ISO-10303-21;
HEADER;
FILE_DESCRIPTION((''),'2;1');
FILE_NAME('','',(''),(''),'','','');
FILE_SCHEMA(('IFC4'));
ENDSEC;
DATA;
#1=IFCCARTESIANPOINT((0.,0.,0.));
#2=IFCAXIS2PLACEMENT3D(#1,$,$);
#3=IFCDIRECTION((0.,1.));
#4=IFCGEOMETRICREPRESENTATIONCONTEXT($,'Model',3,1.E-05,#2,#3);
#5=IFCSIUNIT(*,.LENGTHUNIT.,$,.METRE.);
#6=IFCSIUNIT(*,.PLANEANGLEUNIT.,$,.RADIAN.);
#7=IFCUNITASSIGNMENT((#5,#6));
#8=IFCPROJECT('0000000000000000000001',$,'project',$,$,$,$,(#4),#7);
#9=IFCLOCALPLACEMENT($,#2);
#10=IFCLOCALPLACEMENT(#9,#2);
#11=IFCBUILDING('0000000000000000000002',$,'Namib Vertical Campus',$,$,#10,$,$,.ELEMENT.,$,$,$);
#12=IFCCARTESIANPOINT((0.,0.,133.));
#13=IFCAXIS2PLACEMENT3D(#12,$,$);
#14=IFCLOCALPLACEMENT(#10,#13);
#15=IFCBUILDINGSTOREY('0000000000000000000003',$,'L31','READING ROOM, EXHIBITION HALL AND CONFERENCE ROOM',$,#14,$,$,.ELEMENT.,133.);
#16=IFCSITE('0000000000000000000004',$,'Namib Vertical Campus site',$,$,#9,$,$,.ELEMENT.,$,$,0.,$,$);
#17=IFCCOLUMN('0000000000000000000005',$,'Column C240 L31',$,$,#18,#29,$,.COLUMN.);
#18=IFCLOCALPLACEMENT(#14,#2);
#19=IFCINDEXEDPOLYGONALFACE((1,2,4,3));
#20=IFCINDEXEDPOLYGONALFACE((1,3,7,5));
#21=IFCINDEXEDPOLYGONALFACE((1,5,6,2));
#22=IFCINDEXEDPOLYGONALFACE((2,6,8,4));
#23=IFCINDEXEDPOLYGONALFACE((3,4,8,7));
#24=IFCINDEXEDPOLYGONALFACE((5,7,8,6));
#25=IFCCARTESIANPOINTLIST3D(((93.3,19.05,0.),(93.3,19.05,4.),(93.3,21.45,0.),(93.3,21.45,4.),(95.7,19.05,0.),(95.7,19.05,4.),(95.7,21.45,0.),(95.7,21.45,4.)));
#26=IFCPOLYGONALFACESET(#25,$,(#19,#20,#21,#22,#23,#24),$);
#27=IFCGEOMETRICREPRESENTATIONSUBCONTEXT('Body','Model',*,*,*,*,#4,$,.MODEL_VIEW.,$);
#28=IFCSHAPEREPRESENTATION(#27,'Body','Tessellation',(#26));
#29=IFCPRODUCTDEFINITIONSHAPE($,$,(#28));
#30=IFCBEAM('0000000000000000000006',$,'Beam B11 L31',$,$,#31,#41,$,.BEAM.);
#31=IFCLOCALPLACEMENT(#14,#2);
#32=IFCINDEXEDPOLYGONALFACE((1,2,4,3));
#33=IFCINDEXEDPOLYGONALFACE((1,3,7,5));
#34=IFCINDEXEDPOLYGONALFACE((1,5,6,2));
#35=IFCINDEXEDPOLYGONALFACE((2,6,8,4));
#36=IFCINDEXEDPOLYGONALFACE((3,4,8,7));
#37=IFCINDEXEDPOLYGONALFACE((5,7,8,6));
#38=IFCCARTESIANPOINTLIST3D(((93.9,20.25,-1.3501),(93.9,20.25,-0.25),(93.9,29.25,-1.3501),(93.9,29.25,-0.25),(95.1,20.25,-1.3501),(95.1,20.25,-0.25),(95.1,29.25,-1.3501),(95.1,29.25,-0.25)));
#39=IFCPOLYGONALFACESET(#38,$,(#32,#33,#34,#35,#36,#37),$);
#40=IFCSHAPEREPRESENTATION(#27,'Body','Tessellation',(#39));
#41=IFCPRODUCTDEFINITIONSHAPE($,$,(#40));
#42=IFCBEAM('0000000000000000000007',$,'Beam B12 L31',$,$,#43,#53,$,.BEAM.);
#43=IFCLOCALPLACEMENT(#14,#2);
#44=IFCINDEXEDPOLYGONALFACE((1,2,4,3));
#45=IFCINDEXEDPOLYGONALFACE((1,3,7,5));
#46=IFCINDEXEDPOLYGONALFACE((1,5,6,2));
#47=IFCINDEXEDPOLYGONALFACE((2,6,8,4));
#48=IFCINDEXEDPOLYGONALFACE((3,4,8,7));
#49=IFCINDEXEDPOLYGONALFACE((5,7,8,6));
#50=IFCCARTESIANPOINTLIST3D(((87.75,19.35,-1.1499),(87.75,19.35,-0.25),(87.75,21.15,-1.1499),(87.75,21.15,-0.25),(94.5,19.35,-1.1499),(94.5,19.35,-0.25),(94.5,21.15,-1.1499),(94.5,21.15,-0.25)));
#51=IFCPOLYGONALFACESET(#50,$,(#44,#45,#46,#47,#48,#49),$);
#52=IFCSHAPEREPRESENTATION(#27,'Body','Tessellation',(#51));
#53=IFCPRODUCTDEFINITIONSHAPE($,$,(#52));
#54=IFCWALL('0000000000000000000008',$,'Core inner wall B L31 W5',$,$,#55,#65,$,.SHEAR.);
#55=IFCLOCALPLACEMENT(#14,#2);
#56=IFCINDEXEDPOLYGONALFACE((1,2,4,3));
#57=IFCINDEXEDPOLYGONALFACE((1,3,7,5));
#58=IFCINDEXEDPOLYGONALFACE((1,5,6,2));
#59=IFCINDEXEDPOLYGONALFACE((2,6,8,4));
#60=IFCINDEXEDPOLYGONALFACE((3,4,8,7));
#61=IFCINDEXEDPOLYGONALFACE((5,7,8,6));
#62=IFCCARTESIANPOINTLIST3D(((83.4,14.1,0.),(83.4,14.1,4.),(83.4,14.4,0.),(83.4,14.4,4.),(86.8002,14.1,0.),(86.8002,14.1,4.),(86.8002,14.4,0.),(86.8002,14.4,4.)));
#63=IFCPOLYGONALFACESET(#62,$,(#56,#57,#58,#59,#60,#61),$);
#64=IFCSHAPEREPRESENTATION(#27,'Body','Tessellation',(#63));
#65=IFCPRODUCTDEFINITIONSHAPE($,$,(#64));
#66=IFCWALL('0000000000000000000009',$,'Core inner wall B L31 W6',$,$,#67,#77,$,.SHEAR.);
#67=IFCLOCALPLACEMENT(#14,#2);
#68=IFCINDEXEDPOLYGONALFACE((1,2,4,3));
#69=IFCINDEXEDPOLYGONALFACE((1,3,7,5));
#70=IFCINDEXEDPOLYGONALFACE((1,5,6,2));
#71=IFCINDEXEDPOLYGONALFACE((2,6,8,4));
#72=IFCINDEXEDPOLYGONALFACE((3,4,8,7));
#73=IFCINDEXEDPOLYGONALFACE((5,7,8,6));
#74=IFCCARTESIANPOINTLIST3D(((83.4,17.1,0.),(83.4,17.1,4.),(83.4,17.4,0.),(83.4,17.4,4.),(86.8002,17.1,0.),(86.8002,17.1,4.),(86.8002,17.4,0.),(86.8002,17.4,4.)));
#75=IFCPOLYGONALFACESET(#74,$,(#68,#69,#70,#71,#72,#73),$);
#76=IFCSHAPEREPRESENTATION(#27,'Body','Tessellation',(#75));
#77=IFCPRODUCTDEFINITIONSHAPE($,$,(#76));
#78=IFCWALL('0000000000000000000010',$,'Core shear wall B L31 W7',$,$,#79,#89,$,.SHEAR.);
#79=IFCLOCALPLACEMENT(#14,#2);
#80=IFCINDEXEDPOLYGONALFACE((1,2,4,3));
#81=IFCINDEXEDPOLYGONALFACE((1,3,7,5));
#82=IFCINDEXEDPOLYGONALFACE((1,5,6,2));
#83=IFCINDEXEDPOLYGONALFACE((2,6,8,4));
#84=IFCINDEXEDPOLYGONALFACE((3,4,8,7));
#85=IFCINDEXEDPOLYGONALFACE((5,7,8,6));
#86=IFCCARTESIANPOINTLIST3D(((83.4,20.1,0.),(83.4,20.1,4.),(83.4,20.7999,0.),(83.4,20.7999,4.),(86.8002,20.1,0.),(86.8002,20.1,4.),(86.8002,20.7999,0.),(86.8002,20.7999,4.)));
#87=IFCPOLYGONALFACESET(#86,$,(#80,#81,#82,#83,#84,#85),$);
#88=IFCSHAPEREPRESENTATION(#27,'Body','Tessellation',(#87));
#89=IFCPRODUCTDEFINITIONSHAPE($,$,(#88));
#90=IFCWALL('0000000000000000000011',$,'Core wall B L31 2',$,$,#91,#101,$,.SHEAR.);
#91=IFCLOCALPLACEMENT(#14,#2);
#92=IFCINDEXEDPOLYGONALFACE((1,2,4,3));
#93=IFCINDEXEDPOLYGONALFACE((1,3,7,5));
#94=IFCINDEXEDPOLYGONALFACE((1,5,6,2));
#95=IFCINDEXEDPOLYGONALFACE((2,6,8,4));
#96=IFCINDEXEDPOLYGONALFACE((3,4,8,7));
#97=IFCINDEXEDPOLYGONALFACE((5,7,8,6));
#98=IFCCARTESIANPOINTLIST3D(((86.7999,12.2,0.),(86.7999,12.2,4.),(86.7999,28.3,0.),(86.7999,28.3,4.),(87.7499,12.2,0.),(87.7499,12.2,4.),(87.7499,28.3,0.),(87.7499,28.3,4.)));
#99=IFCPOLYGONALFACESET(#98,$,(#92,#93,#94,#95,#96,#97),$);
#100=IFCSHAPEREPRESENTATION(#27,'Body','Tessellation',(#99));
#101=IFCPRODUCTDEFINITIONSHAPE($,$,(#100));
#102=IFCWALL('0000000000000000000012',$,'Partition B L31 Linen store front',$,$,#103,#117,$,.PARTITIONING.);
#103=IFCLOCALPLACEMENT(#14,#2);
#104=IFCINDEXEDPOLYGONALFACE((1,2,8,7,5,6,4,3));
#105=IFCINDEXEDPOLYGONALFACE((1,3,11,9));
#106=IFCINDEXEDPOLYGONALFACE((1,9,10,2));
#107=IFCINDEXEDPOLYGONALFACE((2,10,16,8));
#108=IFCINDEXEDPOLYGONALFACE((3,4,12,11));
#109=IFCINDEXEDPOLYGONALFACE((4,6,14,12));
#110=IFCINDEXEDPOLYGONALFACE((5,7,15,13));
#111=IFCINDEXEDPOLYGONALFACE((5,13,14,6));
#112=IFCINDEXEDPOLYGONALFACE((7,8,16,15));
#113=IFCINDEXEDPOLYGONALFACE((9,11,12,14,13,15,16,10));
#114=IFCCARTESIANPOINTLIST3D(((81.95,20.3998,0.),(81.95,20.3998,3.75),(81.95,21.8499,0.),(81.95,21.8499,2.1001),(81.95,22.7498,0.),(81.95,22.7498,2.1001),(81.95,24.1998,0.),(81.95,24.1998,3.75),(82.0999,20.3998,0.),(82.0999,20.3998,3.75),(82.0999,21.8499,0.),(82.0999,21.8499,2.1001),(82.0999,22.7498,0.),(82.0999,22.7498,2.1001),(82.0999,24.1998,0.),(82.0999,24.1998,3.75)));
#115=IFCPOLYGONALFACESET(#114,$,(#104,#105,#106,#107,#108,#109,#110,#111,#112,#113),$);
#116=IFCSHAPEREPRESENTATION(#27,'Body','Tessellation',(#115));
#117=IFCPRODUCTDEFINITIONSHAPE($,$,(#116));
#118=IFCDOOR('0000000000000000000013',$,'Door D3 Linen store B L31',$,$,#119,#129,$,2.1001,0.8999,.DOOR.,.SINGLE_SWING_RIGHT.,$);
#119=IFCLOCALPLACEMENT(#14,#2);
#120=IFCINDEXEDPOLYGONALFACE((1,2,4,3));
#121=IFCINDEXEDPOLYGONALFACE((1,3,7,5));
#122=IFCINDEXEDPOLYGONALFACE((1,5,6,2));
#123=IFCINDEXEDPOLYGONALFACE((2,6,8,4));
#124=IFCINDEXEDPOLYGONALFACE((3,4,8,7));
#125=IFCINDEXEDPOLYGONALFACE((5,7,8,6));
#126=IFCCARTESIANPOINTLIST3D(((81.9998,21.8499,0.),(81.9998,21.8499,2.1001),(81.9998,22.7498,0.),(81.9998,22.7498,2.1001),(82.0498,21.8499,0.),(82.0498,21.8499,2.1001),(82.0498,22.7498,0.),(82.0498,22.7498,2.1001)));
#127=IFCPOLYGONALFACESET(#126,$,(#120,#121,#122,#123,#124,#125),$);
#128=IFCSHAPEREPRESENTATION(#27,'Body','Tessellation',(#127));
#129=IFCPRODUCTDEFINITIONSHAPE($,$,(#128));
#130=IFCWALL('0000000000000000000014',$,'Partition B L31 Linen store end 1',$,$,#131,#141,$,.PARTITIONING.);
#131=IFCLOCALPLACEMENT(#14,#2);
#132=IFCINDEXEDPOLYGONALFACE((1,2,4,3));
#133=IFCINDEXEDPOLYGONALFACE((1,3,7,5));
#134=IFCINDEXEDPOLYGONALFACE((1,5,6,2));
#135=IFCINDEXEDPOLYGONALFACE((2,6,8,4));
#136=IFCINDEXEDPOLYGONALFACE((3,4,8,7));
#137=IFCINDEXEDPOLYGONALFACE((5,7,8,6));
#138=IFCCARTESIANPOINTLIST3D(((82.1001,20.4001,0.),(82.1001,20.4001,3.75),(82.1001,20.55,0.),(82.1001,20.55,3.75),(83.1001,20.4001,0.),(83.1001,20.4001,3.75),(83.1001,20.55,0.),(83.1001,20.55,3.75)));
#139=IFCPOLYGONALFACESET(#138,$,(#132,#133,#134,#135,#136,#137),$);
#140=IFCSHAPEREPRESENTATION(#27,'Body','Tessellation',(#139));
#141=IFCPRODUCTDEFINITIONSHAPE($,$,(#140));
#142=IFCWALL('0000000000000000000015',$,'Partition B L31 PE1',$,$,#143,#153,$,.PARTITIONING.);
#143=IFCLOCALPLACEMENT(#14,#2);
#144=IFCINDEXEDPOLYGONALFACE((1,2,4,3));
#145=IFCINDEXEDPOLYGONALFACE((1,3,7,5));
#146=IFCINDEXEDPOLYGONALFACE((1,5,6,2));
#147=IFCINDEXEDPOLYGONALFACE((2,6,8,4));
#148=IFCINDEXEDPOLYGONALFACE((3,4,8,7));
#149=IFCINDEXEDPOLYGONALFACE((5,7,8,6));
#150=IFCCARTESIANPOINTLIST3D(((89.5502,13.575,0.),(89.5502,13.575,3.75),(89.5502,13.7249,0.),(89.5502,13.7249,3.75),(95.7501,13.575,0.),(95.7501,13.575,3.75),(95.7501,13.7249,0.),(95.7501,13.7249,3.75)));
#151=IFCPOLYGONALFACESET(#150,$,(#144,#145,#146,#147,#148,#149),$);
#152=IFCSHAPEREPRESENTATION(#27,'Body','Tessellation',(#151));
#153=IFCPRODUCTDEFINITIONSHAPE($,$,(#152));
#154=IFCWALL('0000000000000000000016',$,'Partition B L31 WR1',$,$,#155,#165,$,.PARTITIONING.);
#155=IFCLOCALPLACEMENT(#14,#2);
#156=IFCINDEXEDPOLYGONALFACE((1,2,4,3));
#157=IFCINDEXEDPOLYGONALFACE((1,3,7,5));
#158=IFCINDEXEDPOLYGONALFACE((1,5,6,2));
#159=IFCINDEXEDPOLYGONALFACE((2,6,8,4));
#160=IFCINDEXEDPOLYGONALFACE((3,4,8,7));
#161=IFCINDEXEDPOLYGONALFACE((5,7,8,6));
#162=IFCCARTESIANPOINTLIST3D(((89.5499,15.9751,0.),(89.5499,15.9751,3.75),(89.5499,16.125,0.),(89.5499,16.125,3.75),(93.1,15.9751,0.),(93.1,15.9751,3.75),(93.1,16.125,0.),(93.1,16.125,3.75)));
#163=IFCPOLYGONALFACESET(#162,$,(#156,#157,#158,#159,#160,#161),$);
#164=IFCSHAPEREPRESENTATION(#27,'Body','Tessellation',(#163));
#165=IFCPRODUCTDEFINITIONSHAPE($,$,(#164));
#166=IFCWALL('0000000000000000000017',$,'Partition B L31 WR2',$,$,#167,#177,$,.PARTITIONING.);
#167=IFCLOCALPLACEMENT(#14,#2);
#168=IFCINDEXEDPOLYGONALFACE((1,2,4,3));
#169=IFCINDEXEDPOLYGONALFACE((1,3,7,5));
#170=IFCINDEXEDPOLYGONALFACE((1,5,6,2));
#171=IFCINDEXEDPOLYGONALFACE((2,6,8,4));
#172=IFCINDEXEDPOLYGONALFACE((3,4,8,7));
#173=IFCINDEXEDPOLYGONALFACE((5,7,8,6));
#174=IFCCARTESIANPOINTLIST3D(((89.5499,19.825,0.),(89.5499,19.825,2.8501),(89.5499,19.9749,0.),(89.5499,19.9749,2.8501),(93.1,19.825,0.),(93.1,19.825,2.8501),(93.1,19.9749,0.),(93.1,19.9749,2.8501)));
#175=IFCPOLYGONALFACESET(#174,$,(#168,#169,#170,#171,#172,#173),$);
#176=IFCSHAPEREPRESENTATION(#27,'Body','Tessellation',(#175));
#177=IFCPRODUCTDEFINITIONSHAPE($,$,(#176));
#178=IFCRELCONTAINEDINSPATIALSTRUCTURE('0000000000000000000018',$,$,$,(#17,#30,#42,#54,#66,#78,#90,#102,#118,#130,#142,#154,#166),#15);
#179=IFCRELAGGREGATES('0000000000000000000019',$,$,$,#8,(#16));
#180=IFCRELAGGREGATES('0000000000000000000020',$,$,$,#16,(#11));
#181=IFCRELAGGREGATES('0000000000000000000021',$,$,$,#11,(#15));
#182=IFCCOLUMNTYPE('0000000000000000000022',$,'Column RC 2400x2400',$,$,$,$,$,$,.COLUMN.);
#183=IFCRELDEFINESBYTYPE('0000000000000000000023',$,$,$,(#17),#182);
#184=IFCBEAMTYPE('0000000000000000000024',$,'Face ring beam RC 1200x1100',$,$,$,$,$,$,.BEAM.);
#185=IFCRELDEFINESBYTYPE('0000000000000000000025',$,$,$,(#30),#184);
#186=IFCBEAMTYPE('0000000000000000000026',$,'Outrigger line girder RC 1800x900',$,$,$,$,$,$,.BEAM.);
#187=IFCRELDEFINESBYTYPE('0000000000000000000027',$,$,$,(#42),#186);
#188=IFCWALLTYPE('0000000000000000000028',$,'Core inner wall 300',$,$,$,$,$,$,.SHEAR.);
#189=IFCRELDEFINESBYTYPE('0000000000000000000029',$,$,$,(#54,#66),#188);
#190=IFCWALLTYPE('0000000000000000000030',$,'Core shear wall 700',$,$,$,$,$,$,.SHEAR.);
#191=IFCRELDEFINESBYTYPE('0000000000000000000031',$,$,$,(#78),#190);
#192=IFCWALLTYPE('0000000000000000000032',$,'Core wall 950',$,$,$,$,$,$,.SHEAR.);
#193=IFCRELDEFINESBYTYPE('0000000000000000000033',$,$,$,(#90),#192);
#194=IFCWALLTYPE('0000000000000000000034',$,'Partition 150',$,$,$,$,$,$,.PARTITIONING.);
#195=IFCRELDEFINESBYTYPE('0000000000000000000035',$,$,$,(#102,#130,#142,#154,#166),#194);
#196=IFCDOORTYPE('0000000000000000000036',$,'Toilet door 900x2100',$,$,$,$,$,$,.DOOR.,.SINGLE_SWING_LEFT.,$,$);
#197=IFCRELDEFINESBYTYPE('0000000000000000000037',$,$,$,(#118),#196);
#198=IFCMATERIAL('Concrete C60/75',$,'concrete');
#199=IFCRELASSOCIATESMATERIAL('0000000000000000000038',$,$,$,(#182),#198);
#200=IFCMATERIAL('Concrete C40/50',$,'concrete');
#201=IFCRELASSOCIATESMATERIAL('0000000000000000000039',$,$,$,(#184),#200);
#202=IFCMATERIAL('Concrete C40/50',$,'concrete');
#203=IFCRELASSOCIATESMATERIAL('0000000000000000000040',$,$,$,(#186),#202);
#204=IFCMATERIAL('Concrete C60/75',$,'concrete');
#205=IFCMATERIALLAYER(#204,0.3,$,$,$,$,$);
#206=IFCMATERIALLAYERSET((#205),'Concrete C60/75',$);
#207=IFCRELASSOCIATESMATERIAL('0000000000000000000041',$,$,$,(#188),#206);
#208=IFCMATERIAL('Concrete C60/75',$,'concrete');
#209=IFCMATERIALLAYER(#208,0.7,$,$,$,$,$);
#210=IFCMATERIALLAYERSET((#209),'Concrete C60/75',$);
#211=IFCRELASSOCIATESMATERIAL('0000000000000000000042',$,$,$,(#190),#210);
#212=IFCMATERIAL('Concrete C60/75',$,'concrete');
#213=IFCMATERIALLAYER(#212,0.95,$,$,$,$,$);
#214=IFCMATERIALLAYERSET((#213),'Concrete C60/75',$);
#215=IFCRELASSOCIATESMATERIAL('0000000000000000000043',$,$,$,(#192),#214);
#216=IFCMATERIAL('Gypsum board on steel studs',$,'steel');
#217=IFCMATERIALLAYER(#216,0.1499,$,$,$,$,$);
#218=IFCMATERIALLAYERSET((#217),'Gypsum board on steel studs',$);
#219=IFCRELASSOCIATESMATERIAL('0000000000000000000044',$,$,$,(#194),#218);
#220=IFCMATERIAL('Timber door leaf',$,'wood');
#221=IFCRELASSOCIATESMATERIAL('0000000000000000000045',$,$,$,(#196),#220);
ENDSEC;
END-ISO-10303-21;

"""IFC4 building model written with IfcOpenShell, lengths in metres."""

from ifc_helpers import new_model, si_unit, direction, frame, frame_2d, origin, origin_2d, place, context, subcontext, project, spatial, rectangle, extrude, material, layer, layer_set, material_profile, profile_set, type_object, element, fill, save


model = new_model("IFC4")

# Units and contexts
model_context = context("Model", 3, precision=1e-05, world=origin(), true_north=direction((0.0, 1.0)))
body_context = subcontext(model_context, "Body", "Model", "MODEL_VIEW")
ifc_project = project(units=[si_unit("LENGTHUNIT", "METRE"), si_unit("PLANEANGLEUNIT", "RADIAN")], contexts=[model_context])

# Site, building, storey
site_placement = place(None, origin())
site = spatial("IfcSite", under=ifc_project, at=site_placement, Name="Namib Vertical Campus site", CompositionType="ELEMENT", RefElevation=0.0)
building_placement = place(site_placement, origin())
building = spatial("IfcBuilding", under=site, at=building_placement, Name="Namib Vertical Campus", CompositionType="ELEMENT")
storey_placement = place(building_placement, frame((0.0, 0.0, 133.0)))
storey = spatial("IfcBuildingStorey", under=building, at=storey_placement, Name="L31", Description="READING ROOM, EXHIBITION HALL AND CONFERENCE ROOM", CompositionType="ELEMENT", Elevation=133.0)

# Column
ifc_material_1 = material(Name="Concrete C60/75", Category="concrete")
ifc_material_profile_1 = material_profile(ifc_material_1, rectangle(XDim=2.3999, YDim=2.3999, at=origin_2d()))
ifc_profile_set_1 = profile_set([ifc_material_profile_1], Name="Concrete C60/75")
column_type = type_object("IfcColumnType", Name="Column RC 2400x2400", PredefinedType="COLUMN", material=ifc_profile_set_1)
column_placement = place(storey_placement, frame((94.5, 20.25, 0.0), z_axis=(0.0, 0.0, 1.0), x_axis=(1.0, 0.0, 0.0)))
element("IfcColumn", 1, at=column_placement, inside=storey, type_object=column_type, Name="Column C240 L31", PredefinedType="COLUMN", context=body_context, shape_type="SweptSolid", body=[
    extrude(rectangle(XDim=2.3999, YDim=2.3999, at=origin_2d()), origin(), (0.0, 0.0, 1.0), 4.0),
])

# Beams
ifc_material_2 = material(Name="Concrete C40/50", Category="concrete")
ifc_material_profile_2 = material_profile(ifc_material_2, rectangle(XDim=1.2, YDim=1.1001, at=origin_2d()))
ifc_profile_set_2 = profile_set([ifc_material_profile_2], Name="Concrete C40/50")
beam_type_1 = type_object("IfcBeamType", Name="Face ring beam RC 1200x1100", PredefinedType="BEAM", material=ifc_profile_set_2)
beam_1_placement = place(storey_placement, frame((94.5, 20.25, -0.8), z_axis=(0.0, 1.0, 0.0), x_axis=(-1.0, 0.0, 0.0)))
element("IfcBeam", 2, at=beam_1_placement, inside=storey, type_object=beam_type_1, Name="Beam B11 L31", PredefinedType="BEAM", context=body_context, shape_type="SweptSolid", body=[
    extrude(rectangle(XDim=1.2, YDim=1.1001, at=origin_2d()), origin(), (0.0, 0.0, 1.0), 9.0),
])
ifc_material_3 = material(Name="Concrete C40/50", Category="concrete")
ifc_material_profile_3 = material_profile(ifc_material_3, rectangle(XDim=1.8, YDim=0.8999, at=origin_2d()))
ifc_profile_set_3 = profile_set([ifc_material_profile_3], Name="Concrete C40/50")
beam_type_2 = type_object("IfcBeamType", Name="Outrigger line girder RC 1800x900", PredefinedType="BEAM", material=ifc_profile_set_3)
beam_2_placement = place(storey_placement, frame((94.5, 20.25, -0.7), z_axis=(-1.0, 0.0, 0.0), x_axis=(0.0, -1.0, 0.0)))
element("IfcBeam", 3, at=beam_2_placement, inside=storey, type_object=beam_type_2, Name="Beam B12 L31", PredefinedType="BEAM", context=body_context, shape_type="SweptSolid", body=[
    extrude(rectangle(XDim=1.8, YDim=0.8999, at=origin_2d()), origin(), (0.0, 0.0, 1.0), 6.75),
])

# Walls
ifc_material_4 = material(Name="Concrete C60/75", Category="concrete")
ifc_layer_1 = layer(ifc_material_4, 0.3)
ifc_layer_set_1 = layer_set([ifc_layer_1], Name="Concrete C60/75")
wall_type_1 = type_object("IfcWallType", Name="Core inner wall 300", PredefinedType="SHEAR", material=ifc_layer_set_1)
for number, where, z_axis, x_axis, name in (
    (4, (83.3999, 14.25, 0.0), (0.0, 0.0, 1.0), (1.0, 0.0, 0.0), "Core inner wall B L31 W5"),
    (5, (83.3999, 17.25, 0.0), (0.0, 0.0, 1.0), (1.0, 0.0, 0.0), "Core inner wall B L31 W6"),
):
    element("IfcWall", number, at=place(storey_placement, frame(where, z_axis=z_axis, x_axis=x_axis)), inside=storey, type_object=wall_type_1, Name=name, PredefinedType="SHEAR", context=body_context, shape_type="SweptSolid", body=[
        extrude(rectangle(XDim=3.4001, YDim=0.3, at=frame_2d((1.7002, 0.0))), origin(), (0.0, 0.0, 1.0), 4.0),
    ])
ifc_material_5 = material(Name="Concrete C60/75", Category="concrete")
ifc_layer_2 = layer(ifc_material_5, 0.7)
ifc_layer_set_2 = layer_set([ifc_layer_2], Name="Concrete C60/75")
wall_type_2 = type_object("IfcWallType", Name="Core shear wall 700", PredefinedType="SHEAR", material=ifc_layer_set_2)
wall_1_placement = place(storey_placement, frame((83.3999, 20.45, 0.0), z_axis=(0.0, 0.0, 1.0), x_axis=(1.0, 0.0, 0.0)))
element("IfcWall", 6, at=wall_1_placement, inside=storey, type_object=wall_type_2, Name="Core shear wall B L31 W7", PredefinedType="SHEAR", context=body_context, shape_type="SweptSolid", body=[
    extrude(rectangle(XDim=3.4001, YDim=0.7, at=frame_2d((1.7002, 0.0))), origin(), (0.0, 0.0, 1.0), 4.0),
])
ifc_material_6 = material(Name="Concrete C60/75", Category="concrete")
ifc_layer_3 = layer(ifc_material_6, 0.95)
ifc_layer_set_3 = layer_set([ifc_layer_3], Name="Concrete C60/75")
wall_type_3 = type_object("IfcWallType", Name="Core wall 950", PredefinedType="SHEAR", material=ifc_layer_set_3)
wall_2_placement = place(storey_placement, frame((87.2749, 12.2, 0.0), z_axis=(0.0, 0.0, 1.0), x_axis=(0.0, 1.0, 0.0)))
element("IfcWall", 7, at=wall_2_placement, inside=storey, type_object=wall_type_3, Name="Core wall B L31 2", PredefinedType="SHEAR", context=body_context, shape_type="SweptSolid", body=[
    extrude(rectangle(XDim=16.1001, YDim=0.95, at=frame_2d((8.05, 0.0))), origin(), (0.0, 0.0, 1.0), 4.0),
])

# Wall, opening, door
ifc_material_7 = material(Name="Gypsum board on steel studs", Category="steel")
ifc_layer_4 = layer(ifc_material_7, 0.1499)
ifc_layer_set_4 = layer_set([ifc_layer_4], Name="Gypsum board on steel studs")
wall_type_4 = type_object("IfcWallType", Name="Partition 150", PredefinedType="PARTITIONING", material=ifc_layer_set_4)
wall_3_placement = place(storey_placement, frame((82.0249, 20.3999, 0.0), z_axis=(0.0, 0.0, 1.0), x_axis=(0.0, 1.0, 0.0)))
wall_3 = element("IfcWall", 8, at=wall_3_placement, inside=storey, type_object=wall_type_4, Name="Partition B L31 Linen store front", PredefinedType="PARTITIONING", context=body_context, shape_type="SweptSolid", body=[
    extrude(rectangle(XDim=3.8, YDim=0.1499, at=frame_2d((1.8999, 0.0))), origin(), (0.0, 0.0, 1.0), 3.75),
])
opening_placement = place(wall_3_placement, frame((1.45, 0.0, 0.0)))
opening = element("IfcOpeningElement", 9, at=opening_placement, cuts=wall_3, PredefinedType="OPENING", context=body_context, shape_type="SweptSolid", body=[
    extrude(rectangle(XDim=0.8999, YDim=2.1001, at=frame_2d((0.45, 1.05))), frame((0.0, 0.085, 0.0), z_axis=(0.0, -1.0, 0.0), x_axis=(1.0, 0.0, 0.0)), (0.0, 0.0, 1.0), 0.1699),
])
ifc_material_8 = material(Name="Timber door leaf", Category="wood")
door_type = type_object("IfcDoorType", Name="Toilet door 900x2100", OperationType="SINGLE_SWING_LEFT", PredefinedType="DOOR", material=ifc_material_8)
door_placement = place(opening_placement, frame((0.8999, 0.0, 0.0), z_axis=(0.0, 0.0, 1.0), x_axis=(-1.0, 0.0, 0.0)))
door = element("IfcDoor", 10, at=door_placement, inside=storey, type_object=door_type, Name="Door D3 Linen store B L31", OperationType="SINGLE_SWING_RIGHT", OverallHeight=2.1001, OverallWidth=0.8999, PredefinedType="DOOR", context=body_context, shape_type="SweptSolid", body=[
    extrude(rectangle(XDim=0.8999, YDim=2.1001, at=frame_2d((0.45, 1.05))), frame((0.0, 0.0249, 0.0), z_axis=(0.0, -1.0, 0.0), x_axis=(1.0, 0.0, 0.0)), (0.0, 0.0, 1.0), 0.05),
])
fill(opening, door)

# Walls
wall_4_placement = place(storey_placement, frame((82.1001, 20.4751, 0.0), z_axis=(0.0, 0.0, 1.0), x_axis=(1.0, 0.0, 0.0)))
element("IfcWall", 11, at=wall_4_placement, inside=storey, type_object=wall_type_4, Name="Partition B L31 Linen store end 1", PredefinedType="PARTITIONING", context=body_context, shape_type="SweptSolid", body=[
    extrude(rectangle(XDim=1.0, YDim=0.1499, at=frame_2d((0.5, 0.0))), origin(), (0.0, 0.0, 1.0), 3.75),
])
wall_5_placement = place(storey_placement, frame((89.55, 13.6499, 0.0), z_axis=(0.0, 0.0, 1.0), x_axis=(1.0, 0.0, 0.0)))
element("IfcWall", 12, at=wall_5_placement, inside=storey, type_object=wall_type_4, Name="Partition B L31 PE1", PredefinedType="PARTITIONING", context=body_context, shape_type="SweptSolid", body=[
    extrude(rectangle(XDim=6.2, YDim=0.1499, at=frame_2d((3.1001, 0.0))), origin(), (0.0, 0.0, 1.0), 3.75),
])
wall_6_placement = place(storey_placement, frame((89.55, 16.05, 0.0), z_axis=(0.0, 0.0, 1.0), x_axis=(1.0, 0.0, 0.0)))
element("IfcWall", 13, at=wall_6_placement, inside=storey, type_object=wall_type_4, Name="Partition B L31 WR1", PredefinedType="PARTITIONING", context=body_context, shape_type="SweptSolid", body=[
    extrude(rectangle(XDim=3.55, YDim=0.1499, at=frame_2d((1.7749, 0.0))), origin(), (0.0, 0.0, 1.0), 3.75),
])
wall_7_placement = place(storey_placement, frame((89.55, 19.8999, 0.0), z_axis=(0.0, 0.0, 1.0), x_axis=(1.0, 0.0, 0.0)))
element("IfcWall", 14, at=wall_7_placement, inside=storey, type_object=wall_type_4, Name="Partition B L31 WR2", PredefinedType="PARTITIONING", context=body_context, shape_type="SweptSolid", body=[
    extrude(rectangle(XDim=3.55, YDim=0.1499, at=frame_2d((1.7749, 0.0))), origin(), (0.0, 0.0, 1.0), 2.8501),
])

save(model, "model.ifc")
